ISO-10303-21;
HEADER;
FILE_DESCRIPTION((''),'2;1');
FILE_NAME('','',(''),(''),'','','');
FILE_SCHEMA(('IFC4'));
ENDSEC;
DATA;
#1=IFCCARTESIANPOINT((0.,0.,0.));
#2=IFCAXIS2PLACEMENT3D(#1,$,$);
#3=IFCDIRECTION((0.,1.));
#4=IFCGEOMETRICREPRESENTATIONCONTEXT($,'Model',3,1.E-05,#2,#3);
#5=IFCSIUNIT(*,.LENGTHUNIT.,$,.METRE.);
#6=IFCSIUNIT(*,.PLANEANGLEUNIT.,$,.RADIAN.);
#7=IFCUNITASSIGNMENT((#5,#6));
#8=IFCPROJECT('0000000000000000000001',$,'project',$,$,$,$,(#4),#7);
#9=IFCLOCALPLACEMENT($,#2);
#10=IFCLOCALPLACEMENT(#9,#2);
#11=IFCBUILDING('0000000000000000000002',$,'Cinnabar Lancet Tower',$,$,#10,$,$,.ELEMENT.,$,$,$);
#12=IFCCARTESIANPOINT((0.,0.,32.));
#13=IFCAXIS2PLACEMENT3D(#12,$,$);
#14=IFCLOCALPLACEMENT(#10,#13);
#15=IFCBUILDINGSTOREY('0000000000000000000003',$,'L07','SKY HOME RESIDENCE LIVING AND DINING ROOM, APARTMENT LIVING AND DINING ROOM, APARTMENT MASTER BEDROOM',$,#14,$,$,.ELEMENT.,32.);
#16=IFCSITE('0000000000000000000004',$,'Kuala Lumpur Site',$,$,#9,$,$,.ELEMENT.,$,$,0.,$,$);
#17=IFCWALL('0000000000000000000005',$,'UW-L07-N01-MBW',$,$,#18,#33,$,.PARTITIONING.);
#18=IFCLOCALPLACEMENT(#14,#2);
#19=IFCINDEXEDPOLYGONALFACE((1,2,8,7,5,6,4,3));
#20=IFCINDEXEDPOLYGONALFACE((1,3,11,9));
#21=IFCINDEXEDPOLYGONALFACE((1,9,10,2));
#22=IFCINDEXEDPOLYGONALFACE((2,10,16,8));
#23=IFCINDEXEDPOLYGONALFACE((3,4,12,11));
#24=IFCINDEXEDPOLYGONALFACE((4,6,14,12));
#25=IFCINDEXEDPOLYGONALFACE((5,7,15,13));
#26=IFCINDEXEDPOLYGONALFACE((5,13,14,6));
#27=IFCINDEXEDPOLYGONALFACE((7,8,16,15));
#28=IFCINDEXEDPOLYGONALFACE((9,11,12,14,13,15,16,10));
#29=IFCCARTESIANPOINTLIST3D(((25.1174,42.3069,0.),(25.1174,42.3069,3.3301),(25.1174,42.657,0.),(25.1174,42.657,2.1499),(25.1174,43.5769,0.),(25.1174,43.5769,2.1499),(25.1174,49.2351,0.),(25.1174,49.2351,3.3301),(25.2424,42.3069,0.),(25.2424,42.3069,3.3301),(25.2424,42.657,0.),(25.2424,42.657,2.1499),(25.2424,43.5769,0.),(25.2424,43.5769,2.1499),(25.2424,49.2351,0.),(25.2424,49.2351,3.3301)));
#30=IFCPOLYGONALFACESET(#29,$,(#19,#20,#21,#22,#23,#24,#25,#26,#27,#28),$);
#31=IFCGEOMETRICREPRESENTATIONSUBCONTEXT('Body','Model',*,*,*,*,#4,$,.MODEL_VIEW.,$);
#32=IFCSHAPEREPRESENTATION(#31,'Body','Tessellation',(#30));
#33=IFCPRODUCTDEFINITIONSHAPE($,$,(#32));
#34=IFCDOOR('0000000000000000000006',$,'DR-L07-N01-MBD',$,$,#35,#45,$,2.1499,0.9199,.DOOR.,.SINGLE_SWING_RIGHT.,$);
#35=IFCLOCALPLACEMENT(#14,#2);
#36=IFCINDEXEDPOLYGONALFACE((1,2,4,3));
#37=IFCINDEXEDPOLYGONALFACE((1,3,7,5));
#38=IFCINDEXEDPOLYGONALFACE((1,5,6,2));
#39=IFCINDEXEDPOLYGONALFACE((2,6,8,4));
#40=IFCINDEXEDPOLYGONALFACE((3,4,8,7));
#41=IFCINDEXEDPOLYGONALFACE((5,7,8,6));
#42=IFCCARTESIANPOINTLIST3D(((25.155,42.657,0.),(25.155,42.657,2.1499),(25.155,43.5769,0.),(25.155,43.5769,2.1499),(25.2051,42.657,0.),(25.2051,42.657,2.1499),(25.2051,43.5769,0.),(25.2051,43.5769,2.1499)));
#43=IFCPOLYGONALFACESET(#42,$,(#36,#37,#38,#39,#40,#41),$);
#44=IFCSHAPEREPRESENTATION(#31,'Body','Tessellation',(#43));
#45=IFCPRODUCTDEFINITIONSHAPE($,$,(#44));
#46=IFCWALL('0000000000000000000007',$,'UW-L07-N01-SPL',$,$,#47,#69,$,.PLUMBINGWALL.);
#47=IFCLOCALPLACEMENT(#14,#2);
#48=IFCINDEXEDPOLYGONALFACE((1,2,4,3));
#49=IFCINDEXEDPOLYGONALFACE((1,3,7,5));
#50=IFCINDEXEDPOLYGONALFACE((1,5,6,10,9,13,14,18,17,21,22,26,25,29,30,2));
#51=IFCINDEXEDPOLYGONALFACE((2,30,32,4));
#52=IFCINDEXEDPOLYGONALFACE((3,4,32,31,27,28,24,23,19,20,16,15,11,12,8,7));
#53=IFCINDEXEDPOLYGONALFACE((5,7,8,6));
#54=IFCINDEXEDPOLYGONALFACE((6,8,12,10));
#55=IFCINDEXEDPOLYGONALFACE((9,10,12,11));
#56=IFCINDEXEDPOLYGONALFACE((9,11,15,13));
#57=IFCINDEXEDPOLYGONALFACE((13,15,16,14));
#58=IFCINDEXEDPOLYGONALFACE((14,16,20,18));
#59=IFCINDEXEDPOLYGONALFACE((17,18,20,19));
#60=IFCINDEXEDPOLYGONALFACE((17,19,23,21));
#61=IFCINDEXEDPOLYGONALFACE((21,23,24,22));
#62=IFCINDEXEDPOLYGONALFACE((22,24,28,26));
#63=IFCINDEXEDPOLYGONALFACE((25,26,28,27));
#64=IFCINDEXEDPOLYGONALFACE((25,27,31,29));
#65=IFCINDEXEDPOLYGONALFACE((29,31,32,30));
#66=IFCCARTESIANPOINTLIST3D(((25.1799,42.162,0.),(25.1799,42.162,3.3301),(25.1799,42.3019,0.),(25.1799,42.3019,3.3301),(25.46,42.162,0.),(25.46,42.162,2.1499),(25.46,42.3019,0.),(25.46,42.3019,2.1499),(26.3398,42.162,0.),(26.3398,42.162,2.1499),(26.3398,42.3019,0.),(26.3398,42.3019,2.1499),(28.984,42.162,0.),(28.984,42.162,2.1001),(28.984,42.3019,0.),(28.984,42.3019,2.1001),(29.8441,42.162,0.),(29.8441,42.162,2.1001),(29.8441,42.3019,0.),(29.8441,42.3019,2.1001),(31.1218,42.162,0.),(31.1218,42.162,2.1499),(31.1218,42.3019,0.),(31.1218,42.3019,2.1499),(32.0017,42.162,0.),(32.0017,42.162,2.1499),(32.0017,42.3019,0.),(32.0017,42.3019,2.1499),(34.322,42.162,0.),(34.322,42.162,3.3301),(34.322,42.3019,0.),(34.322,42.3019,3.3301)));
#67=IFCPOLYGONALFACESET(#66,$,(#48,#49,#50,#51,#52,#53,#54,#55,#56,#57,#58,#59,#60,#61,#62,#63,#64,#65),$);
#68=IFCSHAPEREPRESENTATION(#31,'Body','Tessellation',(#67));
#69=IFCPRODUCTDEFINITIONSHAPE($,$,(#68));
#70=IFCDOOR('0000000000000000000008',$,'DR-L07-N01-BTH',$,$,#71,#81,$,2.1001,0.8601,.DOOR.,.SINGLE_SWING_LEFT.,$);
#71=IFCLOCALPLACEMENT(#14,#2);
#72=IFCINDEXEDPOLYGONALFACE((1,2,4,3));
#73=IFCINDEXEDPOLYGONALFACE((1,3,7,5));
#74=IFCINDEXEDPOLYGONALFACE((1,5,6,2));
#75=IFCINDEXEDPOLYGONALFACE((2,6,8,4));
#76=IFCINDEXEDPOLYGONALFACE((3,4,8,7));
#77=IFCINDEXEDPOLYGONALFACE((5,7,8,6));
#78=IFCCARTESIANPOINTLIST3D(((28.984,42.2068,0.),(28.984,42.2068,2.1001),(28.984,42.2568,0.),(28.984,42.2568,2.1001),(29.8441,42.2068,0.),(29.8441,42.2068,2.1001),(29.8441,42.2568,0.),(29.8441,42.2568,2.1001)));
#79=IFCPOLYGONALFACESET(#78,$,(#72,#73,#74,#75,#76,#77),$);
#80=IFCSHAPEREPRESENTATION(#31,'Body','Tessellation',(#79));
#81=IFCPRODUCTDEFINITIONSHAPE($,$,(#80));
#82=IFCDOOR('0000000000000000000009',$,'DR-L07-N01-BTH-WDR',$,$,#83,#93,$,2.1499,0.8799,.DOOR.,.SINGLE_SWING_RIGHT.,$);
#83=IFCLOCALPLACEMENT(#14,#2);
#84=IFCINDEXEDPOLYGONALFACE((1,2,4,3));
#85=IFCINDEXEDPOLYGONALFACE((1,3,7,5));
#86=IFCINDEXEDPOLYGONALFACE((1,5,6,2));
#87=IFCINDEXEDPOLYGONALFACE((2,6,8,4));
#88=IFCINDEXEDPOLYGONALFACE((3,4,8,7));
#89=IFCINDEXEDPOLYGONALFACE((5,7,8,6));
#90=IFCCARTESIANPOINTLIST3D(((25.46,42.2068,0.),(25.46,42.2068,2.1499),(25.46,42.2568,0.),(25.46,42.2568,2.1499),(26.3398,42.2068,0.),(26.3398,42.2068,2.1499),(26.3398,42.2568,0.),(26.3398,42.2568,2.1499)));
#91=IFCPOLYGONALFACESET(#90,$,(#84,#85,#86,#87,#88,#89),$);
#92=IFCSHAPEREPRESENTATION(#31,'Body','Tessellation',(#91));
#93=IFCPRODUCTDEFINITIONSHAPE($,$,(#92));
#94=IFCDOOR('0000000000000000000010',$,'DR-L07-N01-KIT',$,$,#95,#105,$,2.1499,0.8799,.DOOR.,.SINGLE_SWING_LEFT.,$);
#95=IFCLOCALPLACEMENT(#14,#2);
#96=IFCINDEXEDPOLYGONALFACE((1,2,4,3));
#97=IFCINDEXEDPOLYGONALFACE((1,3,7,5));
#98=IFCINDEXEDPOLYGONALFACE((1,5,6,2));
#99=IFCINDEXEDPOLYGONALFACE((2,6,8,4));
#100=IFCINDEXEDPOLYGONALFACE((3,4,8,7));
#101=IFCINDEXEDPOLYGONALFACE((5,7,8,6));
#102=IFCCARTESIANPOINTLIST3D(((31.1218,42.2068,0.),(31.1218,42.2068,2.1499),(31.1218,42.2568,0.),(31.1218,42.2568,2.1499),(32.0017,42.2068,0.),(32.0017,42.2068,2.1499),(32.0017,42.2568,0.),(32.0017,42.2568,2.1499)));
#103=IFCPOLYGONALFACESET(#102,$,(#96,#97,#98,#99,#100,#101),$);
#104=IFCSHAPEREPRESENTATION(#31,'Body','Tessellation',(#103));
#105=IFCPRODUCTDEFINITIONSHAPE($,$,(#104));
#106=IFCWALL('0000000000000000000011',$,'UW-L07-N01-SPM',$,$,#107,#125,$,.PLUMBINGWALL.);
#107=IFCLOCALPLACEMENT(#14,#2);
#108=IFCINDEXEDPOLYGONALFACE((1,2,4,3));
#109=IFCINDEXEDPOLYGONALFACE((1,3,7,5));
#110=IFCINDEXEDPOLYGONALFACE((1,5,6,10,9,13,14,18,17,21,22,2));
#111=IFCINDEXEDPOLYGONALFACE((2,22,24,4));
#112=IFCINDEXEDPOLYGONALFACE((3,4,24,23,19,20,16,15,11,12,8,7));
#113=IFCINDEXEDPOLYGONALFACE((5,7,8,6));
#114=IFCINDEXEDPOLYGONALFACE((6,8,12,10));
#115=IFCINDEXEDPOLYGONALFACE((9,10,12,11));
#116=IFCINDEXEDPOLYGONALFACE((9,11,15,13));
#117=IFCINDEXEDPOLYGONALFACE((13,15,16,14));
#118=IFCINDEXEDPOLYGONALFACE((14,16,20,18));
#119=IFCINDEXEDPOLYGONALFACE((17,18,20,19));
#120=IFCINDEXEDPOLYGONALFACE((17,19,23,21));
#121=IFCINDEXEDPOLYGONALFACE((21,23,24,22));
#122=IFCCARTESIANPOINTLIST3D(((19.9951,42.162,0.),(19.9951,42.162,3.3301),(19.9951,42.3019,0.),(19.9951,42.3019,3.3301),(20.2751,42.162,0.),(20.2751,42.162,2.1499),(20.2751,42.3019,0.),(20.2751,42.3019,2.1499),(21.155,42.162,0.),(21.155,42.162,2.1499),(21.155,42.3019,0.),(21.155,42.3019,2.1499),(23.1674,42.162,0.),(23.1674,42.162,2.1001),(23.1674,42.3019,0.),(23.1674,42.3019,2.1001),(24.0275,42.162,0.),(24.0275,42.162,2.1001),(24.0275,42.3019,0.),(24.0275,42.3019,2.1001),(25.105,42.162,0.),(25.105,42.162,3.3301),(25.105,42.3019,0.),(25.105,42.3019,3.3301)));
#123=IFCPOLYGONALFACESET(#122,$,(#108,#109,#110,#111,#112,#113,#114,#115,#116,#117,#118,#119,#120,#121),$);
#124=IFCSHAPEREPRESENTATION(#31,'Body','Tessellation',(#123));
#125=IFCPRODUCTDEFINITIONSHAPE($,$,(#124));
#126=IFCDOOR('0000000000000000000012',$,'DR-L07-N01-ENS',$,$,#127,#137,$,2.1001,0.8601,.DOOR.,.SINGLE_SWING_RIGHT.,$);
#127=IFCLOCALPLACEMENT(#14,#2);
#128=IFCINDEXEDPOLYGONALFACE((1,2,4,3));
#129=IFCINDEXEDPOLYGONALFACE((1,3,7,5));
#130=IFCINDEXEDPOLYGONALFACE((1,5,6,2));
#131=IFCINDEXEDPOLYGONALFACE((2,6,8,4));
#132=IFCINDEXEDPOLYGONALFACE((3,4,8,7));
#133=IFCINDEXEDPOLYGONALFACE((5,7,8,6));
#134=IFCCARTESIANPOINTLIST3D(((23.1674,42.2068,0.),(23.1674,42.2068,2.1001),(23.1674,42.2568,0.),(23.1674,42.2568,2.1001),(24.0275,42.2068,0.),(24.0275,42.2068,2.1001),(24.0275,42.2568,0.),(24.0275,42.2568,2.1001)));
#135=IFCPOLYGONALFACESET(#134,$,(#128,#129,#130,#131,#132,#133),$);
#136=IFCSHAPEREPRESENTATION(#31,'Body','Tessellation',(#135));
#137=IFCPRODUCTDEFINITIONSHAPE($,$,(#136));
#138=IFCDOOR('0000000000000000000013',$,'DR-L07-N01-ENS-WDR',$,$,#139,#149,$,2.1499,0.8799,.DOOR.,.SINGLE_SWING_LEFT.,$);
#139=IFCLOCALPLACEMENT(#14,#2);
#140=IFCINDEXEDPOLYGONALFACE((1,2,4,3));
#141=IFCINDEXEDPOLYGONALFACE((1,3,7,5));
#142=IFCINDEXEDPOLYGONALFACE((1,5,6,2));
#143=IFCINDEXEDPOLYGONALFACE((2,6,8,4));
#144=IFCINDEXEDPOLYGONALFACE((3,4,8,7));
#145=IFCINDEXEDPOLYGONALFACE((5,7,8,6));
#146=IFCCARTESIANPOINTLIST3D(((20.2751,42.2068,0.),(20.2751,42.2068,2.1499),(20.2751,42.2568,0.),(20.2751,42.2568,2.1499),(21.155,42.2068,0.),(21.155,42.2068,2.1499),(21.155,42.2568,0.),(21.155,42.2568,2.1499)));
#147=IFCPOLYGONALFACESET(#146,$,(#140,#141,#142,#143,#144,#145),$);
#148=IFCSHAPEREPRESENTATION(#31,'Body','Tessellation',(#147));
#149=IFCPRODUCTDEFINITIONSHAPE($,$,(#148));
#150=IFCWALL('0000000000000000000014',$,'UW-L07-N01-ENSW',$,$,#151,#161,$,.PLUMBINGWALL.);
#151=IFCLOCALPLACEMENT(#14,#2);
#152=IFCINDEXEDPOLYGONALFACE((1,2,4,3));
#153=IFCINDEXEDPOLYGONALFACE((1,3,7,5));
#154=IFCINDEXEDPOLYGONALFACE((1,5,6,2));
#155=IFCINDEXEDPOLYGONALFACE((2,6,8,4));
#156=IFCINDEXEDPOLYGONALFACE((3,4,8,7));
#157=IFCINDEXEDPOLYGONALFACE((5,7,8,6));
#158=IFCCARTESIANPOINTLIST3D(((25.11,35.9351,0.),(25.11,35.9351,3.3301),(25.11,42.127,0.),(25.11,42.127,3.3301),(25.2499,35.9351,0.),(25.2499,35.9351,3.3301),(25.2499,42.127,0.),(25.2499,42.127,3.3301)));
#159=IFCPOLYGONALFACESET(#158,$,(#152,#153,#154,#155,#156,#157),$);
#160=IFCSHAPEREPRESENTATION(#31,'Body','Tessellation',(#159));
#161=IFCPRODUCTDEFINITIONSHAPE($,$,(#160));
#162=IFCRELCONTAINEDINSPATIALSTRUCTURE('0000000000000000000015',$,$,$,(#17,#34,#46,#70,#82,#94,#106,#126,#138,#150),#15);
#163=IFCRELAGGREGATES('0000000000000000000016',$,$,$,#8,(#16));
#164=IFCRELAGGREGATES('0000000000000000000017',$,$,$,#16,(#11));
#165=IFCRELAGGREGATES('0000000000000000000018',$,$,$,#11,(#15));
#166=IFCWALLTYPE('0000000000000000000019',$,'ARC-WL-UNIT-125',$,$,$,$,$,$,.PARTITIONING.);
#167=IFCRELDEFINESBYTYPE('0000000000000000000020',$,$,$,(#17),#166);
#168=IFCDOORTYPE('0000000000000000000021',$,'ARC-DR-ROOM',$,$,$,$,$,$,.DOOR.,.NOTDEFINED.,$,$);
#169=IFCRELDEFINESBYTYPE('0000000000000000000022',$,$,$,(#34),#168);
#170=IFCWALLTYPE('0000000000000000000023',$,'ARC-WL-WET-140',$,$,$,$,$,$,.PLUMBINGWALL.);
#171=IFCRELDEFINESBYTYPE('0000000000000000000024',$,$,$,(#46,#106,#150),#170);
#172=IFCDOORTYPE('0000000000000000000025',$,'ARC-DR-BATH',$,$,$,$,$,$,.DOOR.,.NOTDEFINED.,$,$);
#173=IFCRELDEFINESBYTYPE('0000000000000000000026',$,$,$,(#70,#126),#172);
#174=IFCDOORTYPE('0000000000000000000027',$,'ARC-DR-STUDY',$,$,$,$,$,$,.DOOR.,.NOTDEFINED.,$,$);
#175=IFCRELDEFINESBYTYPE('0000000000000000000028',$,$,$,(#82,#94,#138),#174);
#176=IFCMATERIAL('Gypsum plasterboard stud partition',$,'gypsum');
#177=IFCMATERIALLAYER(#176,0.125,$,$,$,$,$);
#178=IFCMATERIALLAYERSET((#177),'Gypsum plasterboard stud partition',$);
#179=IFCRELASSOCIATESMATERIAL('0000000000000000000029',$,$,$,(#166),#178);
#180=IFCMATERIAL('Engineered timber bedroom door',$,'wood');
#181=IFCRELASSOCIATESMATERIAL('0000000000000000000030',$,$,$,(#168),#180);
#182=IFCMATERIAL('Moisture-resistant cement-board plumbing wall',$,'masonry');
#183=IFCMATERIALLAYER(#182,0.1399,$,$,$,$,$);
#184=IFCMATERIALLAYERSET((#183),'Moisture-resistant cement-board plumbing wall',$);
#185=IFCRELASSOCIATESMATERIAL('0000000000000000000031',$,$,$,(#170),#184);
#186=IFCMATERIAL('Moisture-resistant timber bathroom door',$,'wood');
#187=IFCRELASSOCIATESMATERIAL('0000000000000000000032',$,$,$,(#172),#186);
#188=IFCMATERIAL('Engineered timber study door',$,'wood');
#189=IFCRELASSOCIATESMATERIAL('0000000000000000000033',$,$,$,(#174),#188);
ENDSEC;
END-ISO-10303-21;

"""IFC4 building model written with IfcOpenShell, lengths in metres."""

from ifc_helpers import new_model, si_unit, direction, frame, frame_2d, origin, place, context, subcontext, project, spatial, rectangle, extrude, material, layer, layer_set, type_object, element, fill, save


model = new_model("IFC4")

# Units and contexts
model_context = context("Model", 3, precision=1e-05, world=origin(), true_north=direction((0.0, 1.0)))
body_context = subcontext(model_context, "Body", "Model", "MODEL_VIEW")
ifc_project = project(units=[si_unit("LENGTHUNIT", "METRE"), si_unit("PLANEANGLEUNIT", "RADIAN")], contexts=[model_context])

# Site, building, storey
site_placement = place(None, origin())
site = spatial("IfcSite", under=ifc_project, at=site_placement, Name="Kuala Lumpur Site", CompositionType="ELEMENT", RefElevation=0.0)
building_placement = place(site_placement, origin())
building = spatial("IfcBuilding", under=site, at=building_placement, Name="Cinnabar Lancet Tower", CompositionType="ELEMENT")
storey_placement = place(building_placement, frame((0.0, 0.0, 32.0)))
storey = spatial("IfcBuildingStorey", under=building, at=storey_placement, Name="L07", Description="SKY HOME RESIDENCE LIVING AND DINING ROOM, APARTMENT LIVING AND DINING ROOM, APARTMENT MASTER BEDROOM", CompositionType="ELEMENT", Elevation=32.0)

# Wall, opening, door
ifc_material_1 = material(Name="Gypsum plasterboard stud partition", Category="gypsum")
ifc_layer_1 = layer(ifc_material_1, 0.125)
ifc_layer_set_1 = layer_set([ifc_layer_1], Name="Gypsum plasterboard stud partition")
wall_type_1 = type_object("IfcWallType", Name="ARC-WL-UNIT-125", PredefinedType="PARTITIONING", material=ifc_layer_set_1)
wall_1_placement = place(storey_placement, frame((25.1799, 42.3069, 0.0), z_axis=(0.0, 0.0, 1.0), x_axis=(0.0, 1.0, 0.0)))
wall_1 = element("IfcWall", 1, at=wall_1_placement, inside=storey, type_object=wall_type_1, Name="UW-L07-N01-MBW", PredefinedType="PARTITIONING", context=body_context, shape_type="SweptSolid", body=[
    extrude(rectangle(XDim=6.9282, YDim=0.125, at=frame_2d((3.4641, 0.0))), origin(), (0.0, 0.0, 1.0), 3.3301),
])
opening_1_placement = place(wall_1_placement, frame((0.3501, 0.0, 0.0)))
opening_1 = element("IfcOpeningElement", 2, at=opening_1_placement, cuts=wall_1, PredefinedType="OPENING", context=body_context, shape_type="SweptSolid", body=[
    extrude(rectangle(XDim=0.9199, YDim=2.1499, at=frame_2d((0.46, 1.075))), frame((0.0, 0.0725, 0.0), z_axis=(0.0, -1.0, 0.0), x_axis=(1.0, 0.0, 0.0)), (0.0, 0.0, 1.0), 0.145),
])
ifc_material_2 = material(Name="Engineered timber bedroom door", Category="wood")
door_type_1 = type_object("IfcDoorType", Name="ARC-DR-ROOM", OperationType="NOTDEFINED", PredefinedType="DOOR", material=ifc_material_2)
door_1_placement = place(opening_1_placement, origin())
door_1 = element("IfcDoor", 3, at=door_1_placement, inside=storey, type_object=door_type_1, Name="DR-L07-N01-MBD", OperationType="SINGLE_SWING_RIGHT", OverallHeight=2.1499, OverallWidth=0.9199, PredefinedType="DOOR", context=body_context, shape_type="SweptSolid", body=[
    extrude(rectangle(XDim=0.9199, YDim=2.1499, at=frame_2d((0.46, 1.075))), frame((0.0, 0.0249, 0.0), z_axis=(0.0, -1.0, 0.0), x_axis=(1.0, 0.0, 0.0)), (0.0, 0.0, 1.0), 0.05),
])
fill(opening_1, door_1)

# Walls, openings, doors
ifc_material_3 = material(Name="Moisture-resistant cement-board plumbing wall", Category="masonry")
ifc_layer_2 = layer(ifc_material_3, 0.1399)
ifc_layer_set_2 = layer_set([ifc_layer_2], Name="Moisture-resistant cement-board plumbing wall")
wall_type_2 = type_object("IfcWallType", Name="ARC-WL-WET-140", PredefinedType="PLUMBINGWALL", material=ifc_layer_set_2)
wall_2_placement = place(storey_placement, frame((25.1799, 42.2319, 0.0), z_axis=(0.0, 0.0, 1.0), x_axis=(1.0, 0.0, 0.0)))
wall_2 = element("IfcWall", 4, at=wall_2_placement, inside=storey, type_object=wall_type_2, Name="UW-L07-N01-SPL", PredefinedType="PLUMBINGWALL", context=body_context, shape_type="SweptSolid", body=[
    extrude(rectangle(XDim=9.1421, YDim=0.1399, at=frame_2d((4.571, 0.0))), origin(), (0.0, 0.0, 1.0), 3.3301),
])
opening_2_placement = place(wall_2_placement, frame((0.28, 0.0, 0.0)))
opening_2 = element("IfcOpeningElement", 5, at=opening_2_placement, cuts=wall_2, PredefinedType="OPENING", context=body_context, shape_type="SweptSolid", body=[
    extrude(rectangle(XDim=0.8799, YDim=2.1499, at=frame_2d((0.4399, 1.075))), frame((0.0, 0.0798, 0.0), z_axis=(0.0, -1.0, 0.0), x_axis=(1.0, 0.0, 0.0)), (0.0, 0.0, 1.0), 0.1599),
])
opening_3_placement = place(wall_2_placement, frame((3.804, 0.0, 0.0)))
opening_3 = element("IfcOpeningElement", 6, at=opening_3_placement, cuts=wall_2, PredefinedType="OPENING", context=body_context, shape_type="SweptSolid", body=[
    extrude(rectangle(XDim=0.8601, YDim=2.1001, at=frame_2d((0.4302, 1.05))), frame((0.0, 0.0798, 0.0), z_axis=(0.0, -1.0, 0.0), x_axis=(1.0, 0.0, 0.0)), (0.0, 0.0, 1.0), 0.1599),
])
opening_4_placement = place(wall_2_placement, frame((5.9419, 0.0, 0.0)))
opening_4 = element("IfcOpeningElement", 7, at=opening_4_placement, cuts=wall_2, PredefinedType="OPENING", context=body_context, shape_type="SweptSolid", body=[
    extrude(rectangle(XDim=0.8799, YDim=2.1499, at=frame_2d((0.4399, 1.075))), frame((0.0, 0.0798, 0.0), z_axis=(0.0, -1.0, 0.0), x_axis=(1.0, 0.0, 0.0)), (0.0, 0.0, 1.0), 0.1599),
])
ifc_material_4 = material(Name="Moisture-resistant timber bathroom door", Category="wood")
door_type_2 = type_object("IfcDoorType", Name="ARC-DR-BATH", OperationType="NOTDEFINED", PredefinedType="DOOR", material=ifc_material_4)
door_2_placement = place(opening_3_placement, origin())
door_2 = element("IfcDoor", 8, at=door_2_placement, inside=storey, type_object=door_type_2, Name="DR-L07-N01-BTH", OperationType="SINGLE_SWING_LEFT", OverallHeight=2.1001, OverallWidth=0.8601, PredefinedType="DOOR", context=body_context, shape_type="SweptSolid", body=[
    extrude(rectangle(XDim=0.8601, YDim=2.1001, at=frame_2d((0.4302, 1.05))), frame((0.0, 0.0249, 0.0), z_axis=(0.0, -1.0, 0.0), x_axis=(1.0, 0.0, 0.0)), (0.0, 0.0, 1.0), 0.05),
])
fill(opening_3, door_2)
ifc_material_5 = material(Name="Engineered timber study door", Category="wood")
door_type_3 = type_object("IfcDoorType", Name="ARC-DR-STUDY", OperationType="NOTDEFINED", PredefinedType="DOOR", material=ifc_material_5)
door_3_placement = place(opening_2_placement, origin())
door_3 = element("IfcDoor", 9, at=door_3_placement, inside=storey, type_object=door_type_3, Name="DR-L07-N01-BTH-WDR", OperationType="SINGLE_SWING_RIGHT", OverallHeight=2.1499, OverallWidth=0.8799, PredefinedType="DOOR", context=body_context, shape_type="SweptSolid", body=[
    extrude(rectangle(XDim=0.8799, YDim=2.1499, at=frame_2d((0.4399, 1.075))), frame((0.0, 0.0249, 0.0), z_axis=(0.0, -1.0, 0.0), x_axis=(1.0, 0.0, 0.0)), (0.0, 0.0, 1.0), 0.05),
])
fill(opening_2, door_3)
door_4_placement = place(opening_4_placement, origin())
door_4 = element("IfcDoor", 10, at=door_4_placement, inside=storey, type_object=door_type_3, Name="DR-L07-N01-KIT", OperationType="SINGLE_SWING_LEFT", OverallHeight=2.1499, OverallWidth=0.8799, PredefinedType="DOOR", context=body_context, shape_type="SweptSolid", body=[
    extrude(rectangle(XDim=0.8799, YDim=2.1499, at=frame_2d((0.4399, 1.075))), frame((0.0, 0.0249, 0.0), z_axis=(0.0, -1.0, 0.0), x_axis=(1.0, 0.0, 0.0)), (0.0, 0.0, 1.0), 0.05),
])
fill(opening_4, door_4)
wall_3_placement = place(storey_placement, frame((19.9951, 42.2319, 0.0), z_axis=(0.0, 0.0, 1.0), x_axis=(1.0, 0.0, 0.0)))
wall_3 = element("IfcWall", 11, at=wall_3_placement, inside=storey, type_object=wall_type_2, Name="UW-L07-N01-SPM", PredefinedType="PLUMBINGWALL", context=body_context, shape_type="SweptSolid", body=[
    extrude(rectangle(XDim=5.1099, YDim=0.1399, at=frame_2d((2.5549, 0.0))), origin(), (0.0, 0.0, 1.0), 3.3301),
])
opening_5_placement = place(wall_3_placement, frame((0.28, 0.0, 0.0)))
opening_5 = element("IfcOpeningElement", 12, at=opening_5_placement, cuts=wall_3, PredefinedType="OPENING", context=body_context, shape_type="SweptSolid", body=[
    extrude(rectangle(XDim=0.8799, YDim=2.1499, at=frame_2d((0.4399, 1.075))), frame((0.0, 0.0798, 0.0), z_axis=(0.0, -1.0, 0.0), x_axis=(1.0, 0.0, 0.0)), (0.0, 0.0, 1.0), 0.1599),
])
opening_6_placement = place(wall_3_placement, frame((3.1721, 0.0, 0.0)))
opening_6 = element("IfcOpeningElement", 13, at=opening_6_placement, cuts=wall_3, PredefinedType="OPENING", context=body_context, shape_type="SweptSolid", body=[
    extrude(rectangle(XDim=0.8601, YDim=2.1001, at=frame_2d((0.4302, 1.05))), frame((0.0, 0.0798, 0.0), z_axis=(0.0, -1.0, 0.0), x_axis=(1.0, 0.0, 0.0)), (0.0, 0.0, 1.0), 0.1599),
])
door_5_placement = place(opening_6_placement, origin())
door_5 = element("IfcDoor", 14, at=door_5_placement, inside=storey, type_object=door_type_2, Name="DR-L07-N01-ENS", OperationType="SINGLE_SWING_RIGHT", OverallHeight=2.1001, OverallWidth=0.8601, PredefinedType="DOOR", context=body_context, shape_type="SweptSolid", body=[
    extrude(rectangle(XDim=0.8601, YDim=2.1001, at=frame_2d((0.4302, 1.05))), frame((0.0, 0.0249, 0.0), z_axis=(0.0, -1.0, 0.0), x_axis=(1.0, 0.0, 0.0)), (0.0, 0.0, 1.0), 0.05),
])
fill(opening_6, door_5)
door_6_placement = place(opening_5_placement, origin())
door_6 = element("IfcDoor", 15, at=door_6_placement, inside=storey, type_object=door_type_3, Name="DR-L07-N01-ENS-WDR", OperationType="SINGLE_SWING_LEFT", OverallHeight=2.1499, OverallWidth=0.8799, PredefinedType="DOOR", context=body_context, shape_type="SweptSolid", body=[
    extrude(rectangle(XDim=0.8799, YDim=2.1499, at=frame_2d((0.4399, 1.075))), frame((0.0, 0.0249, 0.0), z_axis=(0.0, -1.0, 0.0), x_axis=(1.0, 0.0, 0.0)), (0.0, 0.0, 1.0), 0.05),
])
fill(opening_5, door_6)

# Wall
wall_4_placement = place(storey_placement, frame((25.1799, 35.9351, 0.0), z_axis=(0.0, 0.0, 1.0), x_axis=(0.0, 1.0, 0.0)))
element("IfcWall", 16, at=wall_4_placement, inside=storey, type_object=wall_type_2, Name="UW-L07-N01-ENSW", PredefinedType="PLUMBINGWALL", context=body_context, shape_type="SweptSolid", body=[
    extrude(rectangle(XDim=6.1919, YDim=0.1399, at=frame_2d((3.0959, 0.0))), origin(), (0.0, 0.0, 1.0), 3.3301),
])

save(model, "model.ifc")
